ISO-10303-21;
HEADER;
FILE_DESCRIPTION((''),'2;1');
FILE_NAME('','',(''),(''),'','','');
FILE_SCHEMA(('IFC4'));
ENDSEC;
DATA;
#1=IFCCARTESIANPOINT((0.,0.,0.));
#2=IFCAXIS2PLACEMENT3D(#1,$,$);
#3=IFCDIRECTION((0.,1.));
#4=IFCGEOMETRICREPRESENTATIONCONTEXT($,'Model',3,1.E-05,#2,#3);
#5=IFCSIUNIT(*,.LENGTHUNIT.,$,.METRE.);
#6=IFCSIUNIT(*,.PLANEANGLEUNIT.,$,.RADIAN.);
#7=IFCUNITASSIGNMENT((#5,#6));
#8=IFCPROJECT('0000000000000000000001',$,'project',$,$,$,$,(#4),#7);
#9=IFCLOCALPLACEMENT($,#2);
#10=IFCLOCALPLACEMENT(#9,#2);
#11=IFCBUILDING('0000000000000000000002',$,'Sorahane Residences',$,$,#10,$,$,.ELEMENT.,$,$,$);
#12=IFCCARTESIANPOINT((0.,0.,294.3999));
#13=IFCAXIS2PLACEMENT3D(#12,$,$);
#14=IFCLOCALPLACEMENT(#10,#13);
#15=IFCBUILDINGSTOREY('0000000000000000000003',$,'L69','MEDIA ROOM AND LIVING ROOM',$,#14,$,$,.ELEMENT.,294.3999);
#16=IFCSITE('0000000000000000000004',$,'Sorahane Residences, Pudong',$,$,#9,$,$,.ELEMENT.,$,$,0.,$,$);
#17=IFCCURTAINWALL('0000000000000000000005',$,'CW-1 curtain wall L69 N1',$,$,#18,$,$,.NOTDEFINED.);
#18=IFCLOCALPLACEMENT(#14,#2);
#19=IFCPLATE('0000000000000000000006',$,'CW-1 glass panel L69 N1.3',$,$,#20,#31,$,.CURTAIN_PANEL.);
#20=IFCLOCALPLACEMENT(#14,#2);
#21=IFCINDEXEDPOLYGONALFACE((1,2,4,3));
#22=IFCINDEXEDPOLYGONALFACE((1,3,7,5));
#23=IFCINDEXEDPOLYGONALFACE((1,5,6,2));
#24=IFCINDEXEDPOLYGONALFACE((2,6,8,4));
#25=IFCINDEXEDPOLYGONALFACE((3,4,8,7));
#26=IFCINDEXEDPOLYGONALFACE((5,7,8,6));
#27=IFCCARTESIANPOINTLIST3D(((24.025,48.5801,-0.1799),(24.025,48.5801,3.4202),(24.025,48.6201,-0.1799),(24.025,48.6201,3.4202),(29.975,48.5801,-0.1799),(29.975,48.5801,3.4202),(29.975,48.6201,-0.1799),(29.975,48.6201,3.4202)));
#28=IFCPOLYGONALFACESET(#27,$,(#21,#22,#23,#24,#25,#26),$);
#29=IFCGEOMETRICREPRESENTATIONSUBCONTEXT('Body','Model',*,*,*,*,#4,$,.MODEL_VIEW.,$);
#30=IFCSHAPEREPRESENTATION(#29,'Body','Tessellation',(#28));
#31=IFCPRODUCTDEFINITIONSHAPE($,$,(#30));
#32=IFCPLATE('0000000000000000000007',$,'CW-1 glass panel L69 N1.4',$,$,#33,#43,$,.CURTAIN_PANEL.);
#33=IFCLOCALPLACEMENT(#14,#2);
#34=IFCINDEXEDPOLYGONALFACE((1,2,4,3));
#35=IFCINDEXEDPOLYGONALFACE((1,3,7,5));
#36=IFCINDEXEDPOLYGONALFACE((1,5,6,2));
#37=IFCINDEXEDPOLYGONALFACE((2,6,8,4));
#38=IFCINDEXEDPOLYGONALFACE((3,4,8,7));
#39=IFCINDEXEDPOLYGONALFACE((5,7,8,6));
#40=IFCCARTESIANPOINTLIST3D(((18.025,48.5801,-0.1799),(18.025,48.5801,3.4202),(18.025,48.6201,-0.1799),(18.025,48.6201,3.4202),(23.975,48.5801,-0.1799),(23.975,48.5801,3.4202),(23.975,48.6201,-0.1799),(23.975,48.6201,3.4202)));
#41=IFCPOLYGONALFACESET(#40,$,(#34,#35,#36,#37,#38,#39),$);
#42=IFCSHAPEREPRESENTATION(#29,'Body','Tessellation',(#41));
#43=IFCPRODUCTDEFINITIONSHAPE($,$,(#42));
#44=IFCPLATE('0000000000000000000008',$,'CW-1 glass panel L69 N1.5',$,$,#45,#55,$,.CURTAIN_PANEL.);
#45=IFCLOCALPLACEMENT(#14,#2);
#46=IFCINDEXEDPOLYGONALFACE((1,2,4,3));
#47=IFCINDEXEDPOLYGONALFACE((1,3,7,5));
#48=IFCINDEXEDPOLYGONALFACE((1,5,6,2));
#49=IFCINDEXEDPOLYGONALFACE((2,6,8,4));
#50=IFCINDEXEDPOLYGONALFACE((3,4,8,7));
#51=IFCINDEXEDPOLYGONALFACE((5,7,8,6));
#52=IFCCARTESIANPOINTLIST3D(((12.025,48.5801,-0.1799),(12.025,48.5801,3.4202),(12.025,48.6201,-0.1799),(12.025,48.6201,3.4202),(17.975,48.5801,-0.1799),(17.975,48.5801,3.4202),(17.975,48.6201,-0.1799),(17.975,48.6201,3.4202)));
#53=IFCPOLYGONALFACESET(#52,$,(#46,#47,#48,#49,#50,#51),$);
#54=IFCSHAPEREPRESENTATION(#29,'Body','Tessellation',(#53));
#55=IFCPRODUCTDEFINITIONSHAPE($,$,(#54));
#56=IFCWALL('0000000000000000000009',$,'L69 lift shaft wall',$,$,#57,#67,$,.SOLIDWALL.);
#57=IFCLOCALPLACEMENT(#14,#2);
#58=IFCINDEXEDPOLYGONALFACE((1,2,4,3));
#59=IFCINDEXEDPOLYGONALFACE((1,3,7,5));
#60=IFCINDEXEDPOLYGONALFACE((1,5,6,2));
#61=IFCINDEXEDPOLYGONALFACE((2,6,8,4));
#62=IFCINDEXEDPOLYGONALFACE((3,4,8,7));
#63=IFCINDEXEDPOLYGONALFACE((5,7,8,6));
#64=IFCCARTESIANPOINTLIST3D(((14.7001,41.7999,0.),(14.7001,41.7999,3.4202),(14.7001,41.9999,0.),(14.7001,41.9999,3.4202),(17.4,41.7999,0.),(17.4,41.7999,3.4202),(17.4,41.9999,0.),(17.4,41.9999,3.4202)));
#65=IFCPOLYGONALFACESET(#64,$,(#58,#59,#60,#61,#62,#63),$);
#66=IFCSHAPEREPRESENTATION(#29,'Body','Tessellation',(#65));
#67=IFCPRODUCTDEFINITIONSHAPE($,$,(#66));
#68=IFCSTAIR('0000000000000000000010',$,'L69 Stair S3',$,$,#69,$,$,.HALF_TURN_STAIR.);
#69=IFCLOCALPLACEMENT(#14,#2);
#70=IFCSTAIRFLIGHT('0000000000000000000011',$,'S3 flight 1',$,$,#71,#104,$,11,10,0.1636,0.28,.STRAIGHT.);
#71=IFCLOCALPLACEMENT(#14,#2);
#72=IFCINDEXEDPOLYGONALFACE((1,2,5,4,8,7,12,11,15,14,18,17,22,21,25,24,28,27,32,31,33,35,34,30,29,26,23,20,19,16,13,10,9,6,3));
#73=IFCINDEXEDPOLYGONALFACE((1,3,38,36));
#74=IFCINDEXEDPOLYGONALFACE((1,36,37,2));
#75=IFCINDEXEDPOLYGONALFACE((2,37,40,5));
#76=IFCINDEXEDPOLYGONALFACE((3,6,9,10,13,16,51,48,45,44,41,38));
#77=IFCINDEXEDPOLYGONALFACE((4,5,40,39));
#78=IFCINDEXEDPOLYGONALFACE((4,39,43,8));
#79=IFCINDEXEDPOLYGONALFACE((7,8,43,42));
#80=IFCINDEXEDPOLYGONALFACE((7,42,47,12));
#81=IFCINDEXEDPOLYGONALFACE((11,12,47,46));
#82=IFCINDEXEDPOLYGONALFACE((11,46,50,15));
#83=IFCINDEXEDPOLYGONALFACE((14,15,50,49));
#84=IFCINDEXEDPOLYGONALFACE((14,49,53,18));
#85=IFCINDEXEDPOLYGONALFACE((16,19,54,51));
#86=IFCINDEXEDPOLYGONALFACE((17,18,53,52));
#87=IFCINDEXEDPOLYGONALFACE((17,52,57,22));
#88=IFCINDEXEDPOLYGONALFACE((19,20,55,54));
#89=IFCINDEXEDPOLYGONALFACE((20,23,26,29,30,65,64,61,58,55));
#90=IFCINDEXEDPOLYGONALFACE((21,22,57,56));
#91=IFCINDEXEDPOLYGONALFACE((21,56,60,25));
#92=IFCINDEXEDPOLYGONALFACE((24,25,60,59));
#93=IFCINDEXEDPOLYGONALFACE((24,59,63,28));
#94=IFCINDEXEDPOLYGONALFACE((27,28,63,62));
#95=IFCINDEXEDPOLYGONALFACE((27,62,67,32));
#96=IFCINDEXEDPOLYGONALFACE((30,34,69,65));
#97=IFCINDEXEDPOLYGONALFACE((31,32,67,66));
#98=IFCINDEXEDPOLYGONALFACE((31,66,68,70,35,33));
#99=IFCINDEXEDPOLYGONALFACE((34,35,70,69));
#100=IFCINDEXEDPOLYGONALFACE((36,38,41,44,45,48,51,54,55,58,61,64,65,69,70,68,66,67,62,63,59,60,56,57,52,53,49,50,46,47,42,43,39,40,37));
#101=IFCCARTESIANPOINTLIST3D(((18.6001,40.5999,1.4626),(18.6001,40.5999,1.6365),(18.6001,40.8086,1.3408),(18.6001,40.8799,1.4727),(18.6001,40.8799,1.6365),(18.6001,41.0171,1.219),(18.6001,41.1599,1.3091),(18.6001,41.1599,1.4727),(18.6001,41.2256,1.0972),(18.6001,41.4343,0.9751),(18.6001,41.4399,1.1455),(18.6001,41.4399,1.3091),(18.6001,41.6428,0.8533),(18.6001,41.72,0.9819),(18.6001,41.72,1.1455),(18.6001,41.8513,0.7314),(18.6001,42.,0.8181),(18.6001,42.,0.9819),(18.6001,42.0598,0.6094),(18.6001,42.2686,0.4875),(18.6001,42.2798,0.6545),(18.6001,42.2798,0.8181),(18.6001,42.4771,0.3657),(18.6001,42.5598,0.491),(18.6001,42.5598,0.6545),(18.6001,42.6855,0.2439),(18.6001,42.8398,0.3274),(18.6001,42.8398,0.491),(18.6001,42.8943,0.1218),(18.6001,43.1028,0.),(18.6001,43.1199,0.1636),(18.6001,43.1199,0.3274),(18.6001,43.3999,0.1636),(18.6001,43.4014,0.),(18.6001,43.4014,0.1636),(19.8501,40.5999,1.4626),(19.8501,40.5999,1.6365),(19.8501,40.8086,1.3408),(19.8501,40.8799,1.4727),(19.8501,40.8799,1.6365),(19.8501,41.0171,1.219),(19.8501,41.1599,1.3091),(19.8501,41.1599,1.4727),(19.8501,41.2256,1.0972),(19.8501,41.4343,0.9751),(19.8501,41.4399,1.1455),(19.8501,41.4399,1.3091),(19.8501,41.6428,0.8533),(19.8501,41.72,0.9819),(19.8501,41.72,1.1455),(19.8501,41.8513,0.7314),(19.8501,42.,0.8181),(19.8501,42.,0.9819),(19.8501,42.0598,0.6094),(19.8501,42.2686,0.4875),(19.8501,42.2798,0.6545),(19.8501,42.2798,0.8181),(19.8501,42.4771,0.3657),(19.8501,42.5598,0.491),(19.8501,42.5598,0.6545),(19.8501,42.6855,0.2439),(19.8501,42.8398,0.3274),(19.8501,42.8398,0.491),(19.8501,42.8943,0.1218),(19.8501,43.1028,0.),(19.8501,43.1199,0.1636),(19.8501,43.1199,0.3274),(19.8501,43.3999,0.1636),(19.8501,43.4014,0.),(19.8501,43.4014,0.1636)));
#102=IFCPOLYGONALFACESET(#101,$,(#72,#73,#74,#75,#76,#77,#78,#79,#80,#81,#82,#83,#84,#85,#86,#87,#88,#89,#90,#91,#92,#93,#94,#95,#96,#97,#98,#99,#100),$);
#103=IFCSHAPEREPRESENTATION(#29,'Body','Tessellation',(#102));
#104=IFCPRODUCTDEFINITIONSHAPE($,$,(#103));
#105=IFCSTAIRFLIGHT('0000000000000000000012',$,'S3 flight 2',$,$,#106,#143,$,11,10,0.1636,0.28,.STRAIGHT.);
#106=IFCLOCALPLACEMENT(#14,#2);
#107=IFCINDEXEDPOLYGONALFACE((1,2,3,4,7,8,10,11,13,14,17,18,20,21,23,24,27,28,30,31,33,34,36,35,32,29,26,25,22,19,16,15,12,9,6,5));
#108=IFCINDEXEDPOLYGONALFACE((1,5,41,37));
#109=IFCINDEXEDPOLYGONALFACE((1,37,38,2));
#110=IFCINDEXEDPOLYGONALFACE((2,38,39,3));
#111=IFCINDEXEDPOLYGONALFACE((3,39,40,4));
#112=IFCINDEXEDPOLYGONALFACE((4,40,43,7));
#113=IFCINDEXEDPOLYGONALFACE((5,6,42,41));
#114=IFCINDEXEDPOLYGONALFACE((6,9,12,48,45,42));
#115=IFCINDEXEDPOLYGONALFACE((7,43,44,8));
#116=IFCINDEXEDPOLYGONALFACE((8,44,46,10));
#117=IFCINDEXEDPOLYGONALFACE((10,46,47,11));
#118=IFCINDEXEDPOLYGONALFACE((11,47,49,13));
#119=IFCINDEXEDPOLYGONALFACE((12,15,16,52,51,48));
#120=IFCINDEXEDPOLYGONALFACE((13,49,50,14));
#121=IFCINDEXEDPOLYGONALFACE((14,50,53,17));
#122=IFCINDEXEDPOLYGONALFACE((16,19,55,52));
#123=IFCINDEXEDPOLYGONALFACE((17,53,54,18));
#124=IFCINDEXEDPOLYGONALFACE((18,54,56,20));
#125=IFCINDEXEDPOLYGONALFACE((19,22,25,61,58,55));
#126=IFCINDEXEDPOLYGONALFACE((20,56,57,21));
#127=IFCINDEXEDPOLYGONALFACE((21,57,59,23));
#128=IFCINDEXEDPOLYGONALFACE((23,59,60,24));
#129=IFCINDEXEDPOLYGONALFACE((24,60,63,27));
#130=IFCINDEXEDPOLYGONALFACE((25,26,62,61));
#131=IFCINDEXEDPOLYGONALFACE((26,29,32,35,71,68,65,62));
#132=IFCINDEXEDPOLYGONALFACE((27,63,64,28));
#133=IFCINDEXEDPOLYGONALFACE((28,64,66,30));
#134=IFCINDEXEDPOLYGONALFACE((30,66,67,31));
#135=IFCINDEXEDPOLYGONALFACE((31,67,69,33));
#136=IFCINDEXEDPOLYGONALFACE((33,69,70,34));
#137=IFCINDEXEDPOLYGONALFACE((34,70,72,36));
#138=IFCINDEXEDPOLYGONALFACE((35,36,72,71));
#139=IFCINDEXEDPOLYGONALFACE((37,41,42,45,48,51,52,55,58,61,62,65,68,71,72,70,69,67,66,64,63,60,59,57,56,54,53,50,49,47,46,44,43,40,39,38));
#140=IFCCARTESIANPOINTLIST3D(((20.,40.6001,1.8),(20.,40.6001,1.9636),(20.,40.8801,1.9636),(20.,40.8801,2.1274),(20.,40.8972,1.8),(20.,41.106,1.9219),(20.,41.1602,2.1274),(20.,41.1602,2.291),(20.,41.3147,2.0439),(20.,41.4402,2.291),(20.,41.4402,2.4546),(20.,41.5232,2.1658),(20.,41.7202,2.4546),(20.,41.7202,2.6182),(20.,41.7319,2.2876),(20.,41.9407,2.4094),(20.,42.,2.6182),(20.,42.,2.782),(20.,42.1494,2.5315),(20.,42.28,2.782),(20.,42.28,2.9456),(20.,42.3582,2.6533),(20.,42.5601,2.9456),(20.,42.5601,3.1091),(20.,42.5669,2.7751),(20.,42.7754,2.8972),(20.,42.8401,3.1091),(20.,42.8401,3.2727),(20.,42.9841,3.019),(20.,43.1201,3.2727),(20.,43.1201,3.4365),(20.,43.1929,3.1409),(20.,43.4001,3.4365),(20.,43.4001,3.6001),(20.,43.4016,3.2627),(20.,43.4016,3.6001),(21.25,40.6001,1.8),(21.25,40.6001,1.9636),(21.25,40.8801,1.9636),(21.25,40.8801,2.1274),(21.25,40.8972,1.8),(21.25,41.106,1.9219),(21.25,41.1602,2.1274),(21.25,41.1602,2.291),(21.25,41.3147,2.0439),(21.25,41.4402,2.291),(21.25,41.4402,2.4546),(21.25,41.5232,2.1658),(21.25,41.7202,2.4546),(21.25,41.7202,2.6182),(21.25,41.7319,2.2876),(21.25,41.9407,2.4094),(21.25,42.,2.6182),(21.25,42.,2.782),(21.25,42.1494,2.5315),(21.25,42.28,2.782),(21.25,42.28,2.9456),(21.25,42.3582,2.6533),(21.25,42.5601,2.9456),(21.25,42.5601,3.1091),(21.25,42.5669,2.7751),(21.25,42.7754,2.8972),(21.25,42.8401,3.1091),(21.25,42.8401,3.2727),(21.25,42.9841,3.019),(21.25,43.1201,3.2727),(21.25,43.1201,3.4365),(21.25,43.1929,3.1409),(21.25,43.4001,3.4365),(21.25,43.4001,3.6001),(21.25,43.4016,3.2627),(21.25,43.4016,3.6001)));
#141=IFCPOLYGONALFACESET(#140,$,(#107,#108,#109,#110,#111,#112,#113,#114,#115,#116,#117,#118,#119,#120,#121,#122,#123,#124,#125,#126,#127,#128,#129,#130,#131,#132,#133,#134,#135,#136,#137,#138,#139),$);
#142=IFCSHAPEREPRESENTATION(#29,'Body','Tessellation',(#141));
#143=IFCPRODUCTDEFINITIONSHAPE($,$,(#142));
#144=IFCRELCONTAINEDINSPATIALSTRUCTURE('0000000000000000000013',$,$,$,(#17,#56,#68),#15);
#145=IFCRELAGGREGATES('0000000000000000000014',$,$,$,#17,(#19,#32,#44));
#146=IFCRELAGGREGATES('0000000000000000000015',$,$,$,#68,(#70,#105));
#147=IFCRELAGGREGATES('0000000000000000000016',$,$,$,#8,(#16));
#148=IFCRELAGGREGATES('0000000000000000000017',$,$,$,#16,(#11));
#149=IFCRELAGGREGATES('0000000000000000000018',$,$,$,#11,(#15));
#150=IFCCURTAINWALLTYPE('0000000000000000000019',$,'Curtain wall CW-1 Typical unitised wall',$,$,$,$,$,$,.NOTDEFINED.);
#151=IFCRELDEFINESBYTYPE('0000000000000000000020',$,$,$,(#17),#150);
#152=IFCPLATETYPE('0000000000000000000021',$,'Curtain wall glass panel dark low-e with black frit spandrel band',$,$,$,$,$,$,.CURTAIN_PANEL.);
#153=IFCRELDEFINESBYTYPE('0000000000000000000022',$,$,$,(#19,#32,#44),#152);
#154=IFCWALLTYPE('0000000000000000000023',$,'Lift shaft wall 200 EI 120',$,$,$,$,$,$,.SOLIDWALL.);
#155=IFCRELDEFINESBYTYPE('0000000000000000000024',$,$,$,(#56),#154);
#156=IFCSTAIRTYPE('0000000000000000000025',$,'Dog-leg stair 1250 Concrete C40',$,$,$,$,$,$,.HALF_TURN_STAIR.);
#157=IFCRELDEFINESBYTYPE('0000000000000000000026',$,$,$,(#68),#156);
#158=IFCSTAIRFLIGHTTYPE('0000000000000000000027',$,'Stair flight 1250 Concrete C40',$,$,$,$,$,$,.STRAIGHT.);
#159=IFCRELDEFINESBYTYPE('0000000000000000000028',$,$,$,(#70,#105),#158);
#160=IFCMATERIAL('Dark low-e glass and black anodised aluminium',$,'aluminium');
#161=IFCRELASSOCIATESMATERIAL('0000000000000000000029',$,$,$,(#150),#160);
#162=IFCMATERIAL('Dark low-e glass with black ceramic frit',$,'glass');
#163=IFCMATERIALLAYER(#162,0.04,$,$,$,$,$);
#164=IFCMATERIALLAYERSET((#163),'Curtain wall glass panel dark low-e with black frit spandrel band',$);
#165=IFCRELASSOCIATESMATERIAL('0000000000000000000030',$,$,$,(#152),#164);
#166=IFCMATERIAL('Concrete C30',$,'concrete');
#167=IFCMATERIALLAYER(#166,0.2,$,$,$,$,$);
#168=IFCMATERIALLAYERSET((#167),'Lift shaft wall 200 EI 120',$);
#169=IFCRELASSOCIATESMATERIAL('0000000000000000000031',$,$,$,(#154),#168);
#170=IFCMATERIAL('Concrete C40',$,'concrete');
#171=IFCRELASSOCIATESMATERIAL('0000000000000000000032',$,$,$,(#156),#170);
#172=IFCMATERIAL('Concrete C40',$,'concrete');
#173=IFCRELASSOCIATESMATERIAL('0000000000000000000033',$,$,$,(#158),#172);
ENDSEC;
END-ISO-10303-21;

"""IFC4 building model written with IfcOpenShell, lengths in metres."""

from ifc_helpers import new_model, si_unit, direction, frame, frame_2d, origin, origin_2d, place, context, subcontext, project, spatial, polyline, rectangle, outline, extrude, material, layer, layer_set, type_object, element, aggregate, save


model = new_model("IFC4")

# Units and contexts
model_context = context("Model", 3, precision=1e-05, world=origin(), true_north=direction((0.0, 1.0)))
body_context = subcontext(model_context, "Body", "Model", "MODEL_VIEW")
ifc_project = project(units=[si_unit("LENGTHUNIT", "METRE"), si_unit("PLANEANGLEUNIT", "RADIAN")], contexts=[model_context])

# Site, building, storey
site_placement = place(None, origin())
site = spatial("IfcSite", under=ifc_project, at=site_placement, Name="Sorahane Residences, Pudong", CompositionType="ELEMENT", RefElevation=0.0)
building_placement = place(site_placement, origin())
building = spatial("IfcBuilding", under=site, at=building_placement, Name="Sorahane Residences", CompositionType="ELEMENT")
storey_placement = place(building_placement, frame((0.0, 0.0, 294.3999)))
storey = spatial("IfcBuildingStorey", under=building, at=storey_placement, Name="L69", Description="MEDIA ROOM AND LIVING ROOM", CompositionType="ELEMENT", Elevation=294.3999)

# Curtain wall
ifc_material_1 = material(Name="Dark low-e glass and black anodised aluminium", Category="aluminium")
curtain_wall_type = type_object("IfcCurtainWallType", Name="Curtain wall CW-1 Typical unitised wall", PredefinedType="NOTDEFINED", material=ifc_material_1)
curtain_wall_placement = place(storey_placement, origin())
curtain_wall = element("IfcCurtainWall", 1, at=curtain_wall_placement, inside=storey, type_object=curtain_wall_type, Name="CW-1 curtain wall L69 N1", PredefinedType="NOTDEFINED")

# Plates
ifc_material_2 = material(Name="Dark low-e glass with black ceramic frit", Category="glass")
ifc_layer_1 = layer(ifc_material_2, 0.04)
ifc_layer_set_1 = layer_set([ifc_layer_1], Name="Curtain wall glass panel dark low-e with black frit spandrel band")
plate_type = type_object("IfcPlateType", Name="Curtain wall glass panel dark low-e with black frit spandrel band", PredefinedType="CURTAIN_PANEL", material=ifc_layer_set_1)
plate_1_placement = place(storey_placement, frame((27.0, 48.6001, -0.1799), z_axis=(0.0, 0.0, 1.0), x_axis=(-1.0, 0.0, 0.0)))
plate_1 = element("IfcPlate", 2, at=plate_1_placement, type_object=plate_type, Name="CW-1 glass panel L69 N1.3", PredefinedType="CURTAIN_PANEL", context=body_context, shape_type="SweptSolid", body=[
    extrude(rectangle(XDim=5.95, YDim=0.04, at=origin_2d()), origin(), (0.0, 0.0, 1.0), 3.6001),
])
plate_2_placement = place(storey_placement, frame((21.0, 48.6001, -0.1799), z_axis=(0.0, 0.0, 1.0), x_axis=(-1.0, 0.0, 0.0)))
plate_2 = element("IfcPlate", 3, at=plate_2_placement, type_object=plate_type, Name="CW-1 glass panel L69 N1.4", PredefinedType="CURTAIN_PANEL", context=body_context, shape_type="SweptSolid", body=[
    extrude(rectangle(XDim=5.95, YDim=0.04, at=origin_2d()), origin(), (0.0, 0.0, 1.0), 3.6001),
])
plate_3_placement = place(storey_placement, frame((15.0, 48.6001, -0.1799), z_axis=(0.0, 0.0, 1.0), x_axis=(-1.0, 0.0, 0.0)))
plate_3 = element("IfcPlate", 4, at=plate_3_placement, type_object=plate_type, Name="CW-1 glass panel L69 N1.5", PredefinedType="CURTAIN_PANEL", context=body_context, shape_type="SweptSolid", body=[
    extrude(rectangle(XDim=5.95, YDim=0.04, at=origin_2d()), origin(), (0.0, 0.0, 1.0), 3.6001),
])
aggregate(curtain_wall, [plate_1, plate_2, plate_3])

# Wall
ifc_material_3 = material(Name="Concrete C30", Category="concrete")
ifc_layer_2 = layer(ifc_material_3, 0.2)
ifc_layer_set_2 = layer_set([ifc_layer_2], Name="Lift shaft wall 200 EI 120")
wall_type = type_object("IfcWallType", Name="Lift shaft wall 200 EI 120", PredefinedType="SOLIDWALL", material=ifc_layer_set_2)
wall_placement = place(storey_placement, frame((14.7, 41.8999, 0.0), z_axis=(0.0, 0.0, 1.0), x_axis=(1.0, 0.0, 0.0)))
element("IfcWall", 5, at=wall_placement, inside=storey, type_object=wall_type, Name="L69 lift shaft wall", PredefinedType="SOLIDWALL", context=body_context, shape_type="SweptSolid", body=[
    extrude(rectangle(XDim=2.7, YDim=0.2, at=frame_2d((1.3501, 0.0))), origin(), (0.0, 0.0, 1.0), 3.4202),
])

# Stair, stair flights
ifc_material_4 = material(Name="Concrete C40", Category="concrete")
stair_type = type_object("IfcStairType", Name="Dog-leg stair 1250 Concrete C40", PredefinedType="HALF_TURN_STAIR", material=ifc_material_4)
stair_placement = place(storey_placement, origin())
stair = element("IfcStair", 6, at=stair_placement, inside=storey, type_object=stair_type, Name="L69 Stair S3", PredefinedType="HALF_TURN_STAIR")
ifc_material_5 = material(Name="Concrete C40", Category="concrete")
stair_flight_type = type_object("IfcStairFlightType", Name="Stair flight 1250 Concrete C40", PredefinedType="STRAIGHT", material=ifc_material_5)
stair_flight_1_placement = place(storey_placement, frame((19.2251, 43.3999, 0.0), z_axis=(0.0, 0.0, 1.0), x_axis=(0.0, -1.0, 0.0)))
stair_flight_1 = element("IfcStairFlight", 7, at=stair_flight_1_placement, type_object=stair_flight_type, Name="S3 flight 1", NumberOfRisers=11, NumberOfTreads=10, PredefinedType="STRAIGHT", RiserHeight=0.1636, TreadLength=0.28, context=body_context, shape_type="SweptSolid", body=[
    extrude(outline(polyline([(-0.0015, 0.0), (-0.0015, 0.1636), (0.0, 0.1636), (0.28, 0.1636), (0.28, 0.3274), (0.5601, 0.3274), (0.5601, 0.491), (0.8401, 0.491), (0.8401, 0.6545), (1.1201, 0.6545), (1.1201, 0.8181), (1.3999, 0.8181), (1.3999, 0.9819), (1.6799, 0.9819), (1.6799, 1.1455), (1.96, 1.1455), (1.96, 1.3091), (2.24, 1.3091), (2.24, 1.4727), (2.52, 1.4727), (2.52, 1.6365), (2.8, 1.6365), (2.8, 1.8), (2.8, 1.4626), (2.5913, 1.3408), (2.3828, 1.219), (2.1743, 1.0972), (1.9656, 0.9751), (1.7571, 0.8533), (1.5486, 0.7314), (1.3401, 0.6094), (1.1313, 0.4875), (0.9229, 0.3657), (0.7144, 0.2439), (0.5056, 0.1218), (0.2971, 0.0), (-0.0015, 0.0)])), frame((0.0, 0.625, 0.0), z_axis=(0.0, -1.0, 0.0), x_axis=(1.0, 0.0, 0.0)), (0.0, 0.0, 1.0), 1.25),
])
stair_flight_2_placement = place(storey_placement, frame((20.625, 40.6001, 1.8), z_axis=(0.0, 0.0, 1.0), x_axis=(0.0, 1.0, 0.0)))
stair_flight_2 = element("IfcStairFlight", 8, at=stair_flight_2_placement, type_object=stair_flight_type, Name="S3 flight 2", NumberOfRisers=11, NumberOfTreads=10, PredefinedType="STRAIGHT", RiserHeight=0.1636, TreadLength=0.28, context=body_context, shape_type="SweptSolid", body=[
    extrude(outline(polyline([(0.0, 0.0), (0.0, 0.1636), (0.28, 0.1636), (0.28, 0.3274), (0.5601, 0.3274), (0.5601, 0.491), (0.8401, 0.491), (0.8401, 0.6545), (1.1201, 0.6545), (1.1201, 0.8181), (1.3999, 0.8181), (1.3999, 0.9819), (1.6799, 0.9819), (1.6799, 1.1455), (1.96, 1.1455), (1.96, 1.3091), (2.24, 1.3091), (2.24, 1.4727), (2.52, 1.4727), (2.52, 1.6365), (2.8, 1.6365), (2.8, 1.8), (2.8015, 1.8), (2.8015, 1.4626), (2.5928, 1.3408), (2.384, 1.219), (2.1753, 1.0972), (1.9668, 0.9751), (1.7581, 0.8533), (1.5493, 0.7314), (1.3406, 0.6094), (1.1318, 0.4875), (0.9231, 0.3657), (0.7146, 0.2439), (0.5059, 0.1218), (0.2971, 0.0), (0.0, 0.0)])), frame((0.0, 0.625, 0.0), z_axis=(0.0, -1.0, 0.0), x_axis=(1.0, 0.0, 0.0)), (0.0, 0.0, 1.0), 1.25),
])
aggregate(stair, [stair_flight_1, stair_flight_2])

save(model, "model.ifc")
